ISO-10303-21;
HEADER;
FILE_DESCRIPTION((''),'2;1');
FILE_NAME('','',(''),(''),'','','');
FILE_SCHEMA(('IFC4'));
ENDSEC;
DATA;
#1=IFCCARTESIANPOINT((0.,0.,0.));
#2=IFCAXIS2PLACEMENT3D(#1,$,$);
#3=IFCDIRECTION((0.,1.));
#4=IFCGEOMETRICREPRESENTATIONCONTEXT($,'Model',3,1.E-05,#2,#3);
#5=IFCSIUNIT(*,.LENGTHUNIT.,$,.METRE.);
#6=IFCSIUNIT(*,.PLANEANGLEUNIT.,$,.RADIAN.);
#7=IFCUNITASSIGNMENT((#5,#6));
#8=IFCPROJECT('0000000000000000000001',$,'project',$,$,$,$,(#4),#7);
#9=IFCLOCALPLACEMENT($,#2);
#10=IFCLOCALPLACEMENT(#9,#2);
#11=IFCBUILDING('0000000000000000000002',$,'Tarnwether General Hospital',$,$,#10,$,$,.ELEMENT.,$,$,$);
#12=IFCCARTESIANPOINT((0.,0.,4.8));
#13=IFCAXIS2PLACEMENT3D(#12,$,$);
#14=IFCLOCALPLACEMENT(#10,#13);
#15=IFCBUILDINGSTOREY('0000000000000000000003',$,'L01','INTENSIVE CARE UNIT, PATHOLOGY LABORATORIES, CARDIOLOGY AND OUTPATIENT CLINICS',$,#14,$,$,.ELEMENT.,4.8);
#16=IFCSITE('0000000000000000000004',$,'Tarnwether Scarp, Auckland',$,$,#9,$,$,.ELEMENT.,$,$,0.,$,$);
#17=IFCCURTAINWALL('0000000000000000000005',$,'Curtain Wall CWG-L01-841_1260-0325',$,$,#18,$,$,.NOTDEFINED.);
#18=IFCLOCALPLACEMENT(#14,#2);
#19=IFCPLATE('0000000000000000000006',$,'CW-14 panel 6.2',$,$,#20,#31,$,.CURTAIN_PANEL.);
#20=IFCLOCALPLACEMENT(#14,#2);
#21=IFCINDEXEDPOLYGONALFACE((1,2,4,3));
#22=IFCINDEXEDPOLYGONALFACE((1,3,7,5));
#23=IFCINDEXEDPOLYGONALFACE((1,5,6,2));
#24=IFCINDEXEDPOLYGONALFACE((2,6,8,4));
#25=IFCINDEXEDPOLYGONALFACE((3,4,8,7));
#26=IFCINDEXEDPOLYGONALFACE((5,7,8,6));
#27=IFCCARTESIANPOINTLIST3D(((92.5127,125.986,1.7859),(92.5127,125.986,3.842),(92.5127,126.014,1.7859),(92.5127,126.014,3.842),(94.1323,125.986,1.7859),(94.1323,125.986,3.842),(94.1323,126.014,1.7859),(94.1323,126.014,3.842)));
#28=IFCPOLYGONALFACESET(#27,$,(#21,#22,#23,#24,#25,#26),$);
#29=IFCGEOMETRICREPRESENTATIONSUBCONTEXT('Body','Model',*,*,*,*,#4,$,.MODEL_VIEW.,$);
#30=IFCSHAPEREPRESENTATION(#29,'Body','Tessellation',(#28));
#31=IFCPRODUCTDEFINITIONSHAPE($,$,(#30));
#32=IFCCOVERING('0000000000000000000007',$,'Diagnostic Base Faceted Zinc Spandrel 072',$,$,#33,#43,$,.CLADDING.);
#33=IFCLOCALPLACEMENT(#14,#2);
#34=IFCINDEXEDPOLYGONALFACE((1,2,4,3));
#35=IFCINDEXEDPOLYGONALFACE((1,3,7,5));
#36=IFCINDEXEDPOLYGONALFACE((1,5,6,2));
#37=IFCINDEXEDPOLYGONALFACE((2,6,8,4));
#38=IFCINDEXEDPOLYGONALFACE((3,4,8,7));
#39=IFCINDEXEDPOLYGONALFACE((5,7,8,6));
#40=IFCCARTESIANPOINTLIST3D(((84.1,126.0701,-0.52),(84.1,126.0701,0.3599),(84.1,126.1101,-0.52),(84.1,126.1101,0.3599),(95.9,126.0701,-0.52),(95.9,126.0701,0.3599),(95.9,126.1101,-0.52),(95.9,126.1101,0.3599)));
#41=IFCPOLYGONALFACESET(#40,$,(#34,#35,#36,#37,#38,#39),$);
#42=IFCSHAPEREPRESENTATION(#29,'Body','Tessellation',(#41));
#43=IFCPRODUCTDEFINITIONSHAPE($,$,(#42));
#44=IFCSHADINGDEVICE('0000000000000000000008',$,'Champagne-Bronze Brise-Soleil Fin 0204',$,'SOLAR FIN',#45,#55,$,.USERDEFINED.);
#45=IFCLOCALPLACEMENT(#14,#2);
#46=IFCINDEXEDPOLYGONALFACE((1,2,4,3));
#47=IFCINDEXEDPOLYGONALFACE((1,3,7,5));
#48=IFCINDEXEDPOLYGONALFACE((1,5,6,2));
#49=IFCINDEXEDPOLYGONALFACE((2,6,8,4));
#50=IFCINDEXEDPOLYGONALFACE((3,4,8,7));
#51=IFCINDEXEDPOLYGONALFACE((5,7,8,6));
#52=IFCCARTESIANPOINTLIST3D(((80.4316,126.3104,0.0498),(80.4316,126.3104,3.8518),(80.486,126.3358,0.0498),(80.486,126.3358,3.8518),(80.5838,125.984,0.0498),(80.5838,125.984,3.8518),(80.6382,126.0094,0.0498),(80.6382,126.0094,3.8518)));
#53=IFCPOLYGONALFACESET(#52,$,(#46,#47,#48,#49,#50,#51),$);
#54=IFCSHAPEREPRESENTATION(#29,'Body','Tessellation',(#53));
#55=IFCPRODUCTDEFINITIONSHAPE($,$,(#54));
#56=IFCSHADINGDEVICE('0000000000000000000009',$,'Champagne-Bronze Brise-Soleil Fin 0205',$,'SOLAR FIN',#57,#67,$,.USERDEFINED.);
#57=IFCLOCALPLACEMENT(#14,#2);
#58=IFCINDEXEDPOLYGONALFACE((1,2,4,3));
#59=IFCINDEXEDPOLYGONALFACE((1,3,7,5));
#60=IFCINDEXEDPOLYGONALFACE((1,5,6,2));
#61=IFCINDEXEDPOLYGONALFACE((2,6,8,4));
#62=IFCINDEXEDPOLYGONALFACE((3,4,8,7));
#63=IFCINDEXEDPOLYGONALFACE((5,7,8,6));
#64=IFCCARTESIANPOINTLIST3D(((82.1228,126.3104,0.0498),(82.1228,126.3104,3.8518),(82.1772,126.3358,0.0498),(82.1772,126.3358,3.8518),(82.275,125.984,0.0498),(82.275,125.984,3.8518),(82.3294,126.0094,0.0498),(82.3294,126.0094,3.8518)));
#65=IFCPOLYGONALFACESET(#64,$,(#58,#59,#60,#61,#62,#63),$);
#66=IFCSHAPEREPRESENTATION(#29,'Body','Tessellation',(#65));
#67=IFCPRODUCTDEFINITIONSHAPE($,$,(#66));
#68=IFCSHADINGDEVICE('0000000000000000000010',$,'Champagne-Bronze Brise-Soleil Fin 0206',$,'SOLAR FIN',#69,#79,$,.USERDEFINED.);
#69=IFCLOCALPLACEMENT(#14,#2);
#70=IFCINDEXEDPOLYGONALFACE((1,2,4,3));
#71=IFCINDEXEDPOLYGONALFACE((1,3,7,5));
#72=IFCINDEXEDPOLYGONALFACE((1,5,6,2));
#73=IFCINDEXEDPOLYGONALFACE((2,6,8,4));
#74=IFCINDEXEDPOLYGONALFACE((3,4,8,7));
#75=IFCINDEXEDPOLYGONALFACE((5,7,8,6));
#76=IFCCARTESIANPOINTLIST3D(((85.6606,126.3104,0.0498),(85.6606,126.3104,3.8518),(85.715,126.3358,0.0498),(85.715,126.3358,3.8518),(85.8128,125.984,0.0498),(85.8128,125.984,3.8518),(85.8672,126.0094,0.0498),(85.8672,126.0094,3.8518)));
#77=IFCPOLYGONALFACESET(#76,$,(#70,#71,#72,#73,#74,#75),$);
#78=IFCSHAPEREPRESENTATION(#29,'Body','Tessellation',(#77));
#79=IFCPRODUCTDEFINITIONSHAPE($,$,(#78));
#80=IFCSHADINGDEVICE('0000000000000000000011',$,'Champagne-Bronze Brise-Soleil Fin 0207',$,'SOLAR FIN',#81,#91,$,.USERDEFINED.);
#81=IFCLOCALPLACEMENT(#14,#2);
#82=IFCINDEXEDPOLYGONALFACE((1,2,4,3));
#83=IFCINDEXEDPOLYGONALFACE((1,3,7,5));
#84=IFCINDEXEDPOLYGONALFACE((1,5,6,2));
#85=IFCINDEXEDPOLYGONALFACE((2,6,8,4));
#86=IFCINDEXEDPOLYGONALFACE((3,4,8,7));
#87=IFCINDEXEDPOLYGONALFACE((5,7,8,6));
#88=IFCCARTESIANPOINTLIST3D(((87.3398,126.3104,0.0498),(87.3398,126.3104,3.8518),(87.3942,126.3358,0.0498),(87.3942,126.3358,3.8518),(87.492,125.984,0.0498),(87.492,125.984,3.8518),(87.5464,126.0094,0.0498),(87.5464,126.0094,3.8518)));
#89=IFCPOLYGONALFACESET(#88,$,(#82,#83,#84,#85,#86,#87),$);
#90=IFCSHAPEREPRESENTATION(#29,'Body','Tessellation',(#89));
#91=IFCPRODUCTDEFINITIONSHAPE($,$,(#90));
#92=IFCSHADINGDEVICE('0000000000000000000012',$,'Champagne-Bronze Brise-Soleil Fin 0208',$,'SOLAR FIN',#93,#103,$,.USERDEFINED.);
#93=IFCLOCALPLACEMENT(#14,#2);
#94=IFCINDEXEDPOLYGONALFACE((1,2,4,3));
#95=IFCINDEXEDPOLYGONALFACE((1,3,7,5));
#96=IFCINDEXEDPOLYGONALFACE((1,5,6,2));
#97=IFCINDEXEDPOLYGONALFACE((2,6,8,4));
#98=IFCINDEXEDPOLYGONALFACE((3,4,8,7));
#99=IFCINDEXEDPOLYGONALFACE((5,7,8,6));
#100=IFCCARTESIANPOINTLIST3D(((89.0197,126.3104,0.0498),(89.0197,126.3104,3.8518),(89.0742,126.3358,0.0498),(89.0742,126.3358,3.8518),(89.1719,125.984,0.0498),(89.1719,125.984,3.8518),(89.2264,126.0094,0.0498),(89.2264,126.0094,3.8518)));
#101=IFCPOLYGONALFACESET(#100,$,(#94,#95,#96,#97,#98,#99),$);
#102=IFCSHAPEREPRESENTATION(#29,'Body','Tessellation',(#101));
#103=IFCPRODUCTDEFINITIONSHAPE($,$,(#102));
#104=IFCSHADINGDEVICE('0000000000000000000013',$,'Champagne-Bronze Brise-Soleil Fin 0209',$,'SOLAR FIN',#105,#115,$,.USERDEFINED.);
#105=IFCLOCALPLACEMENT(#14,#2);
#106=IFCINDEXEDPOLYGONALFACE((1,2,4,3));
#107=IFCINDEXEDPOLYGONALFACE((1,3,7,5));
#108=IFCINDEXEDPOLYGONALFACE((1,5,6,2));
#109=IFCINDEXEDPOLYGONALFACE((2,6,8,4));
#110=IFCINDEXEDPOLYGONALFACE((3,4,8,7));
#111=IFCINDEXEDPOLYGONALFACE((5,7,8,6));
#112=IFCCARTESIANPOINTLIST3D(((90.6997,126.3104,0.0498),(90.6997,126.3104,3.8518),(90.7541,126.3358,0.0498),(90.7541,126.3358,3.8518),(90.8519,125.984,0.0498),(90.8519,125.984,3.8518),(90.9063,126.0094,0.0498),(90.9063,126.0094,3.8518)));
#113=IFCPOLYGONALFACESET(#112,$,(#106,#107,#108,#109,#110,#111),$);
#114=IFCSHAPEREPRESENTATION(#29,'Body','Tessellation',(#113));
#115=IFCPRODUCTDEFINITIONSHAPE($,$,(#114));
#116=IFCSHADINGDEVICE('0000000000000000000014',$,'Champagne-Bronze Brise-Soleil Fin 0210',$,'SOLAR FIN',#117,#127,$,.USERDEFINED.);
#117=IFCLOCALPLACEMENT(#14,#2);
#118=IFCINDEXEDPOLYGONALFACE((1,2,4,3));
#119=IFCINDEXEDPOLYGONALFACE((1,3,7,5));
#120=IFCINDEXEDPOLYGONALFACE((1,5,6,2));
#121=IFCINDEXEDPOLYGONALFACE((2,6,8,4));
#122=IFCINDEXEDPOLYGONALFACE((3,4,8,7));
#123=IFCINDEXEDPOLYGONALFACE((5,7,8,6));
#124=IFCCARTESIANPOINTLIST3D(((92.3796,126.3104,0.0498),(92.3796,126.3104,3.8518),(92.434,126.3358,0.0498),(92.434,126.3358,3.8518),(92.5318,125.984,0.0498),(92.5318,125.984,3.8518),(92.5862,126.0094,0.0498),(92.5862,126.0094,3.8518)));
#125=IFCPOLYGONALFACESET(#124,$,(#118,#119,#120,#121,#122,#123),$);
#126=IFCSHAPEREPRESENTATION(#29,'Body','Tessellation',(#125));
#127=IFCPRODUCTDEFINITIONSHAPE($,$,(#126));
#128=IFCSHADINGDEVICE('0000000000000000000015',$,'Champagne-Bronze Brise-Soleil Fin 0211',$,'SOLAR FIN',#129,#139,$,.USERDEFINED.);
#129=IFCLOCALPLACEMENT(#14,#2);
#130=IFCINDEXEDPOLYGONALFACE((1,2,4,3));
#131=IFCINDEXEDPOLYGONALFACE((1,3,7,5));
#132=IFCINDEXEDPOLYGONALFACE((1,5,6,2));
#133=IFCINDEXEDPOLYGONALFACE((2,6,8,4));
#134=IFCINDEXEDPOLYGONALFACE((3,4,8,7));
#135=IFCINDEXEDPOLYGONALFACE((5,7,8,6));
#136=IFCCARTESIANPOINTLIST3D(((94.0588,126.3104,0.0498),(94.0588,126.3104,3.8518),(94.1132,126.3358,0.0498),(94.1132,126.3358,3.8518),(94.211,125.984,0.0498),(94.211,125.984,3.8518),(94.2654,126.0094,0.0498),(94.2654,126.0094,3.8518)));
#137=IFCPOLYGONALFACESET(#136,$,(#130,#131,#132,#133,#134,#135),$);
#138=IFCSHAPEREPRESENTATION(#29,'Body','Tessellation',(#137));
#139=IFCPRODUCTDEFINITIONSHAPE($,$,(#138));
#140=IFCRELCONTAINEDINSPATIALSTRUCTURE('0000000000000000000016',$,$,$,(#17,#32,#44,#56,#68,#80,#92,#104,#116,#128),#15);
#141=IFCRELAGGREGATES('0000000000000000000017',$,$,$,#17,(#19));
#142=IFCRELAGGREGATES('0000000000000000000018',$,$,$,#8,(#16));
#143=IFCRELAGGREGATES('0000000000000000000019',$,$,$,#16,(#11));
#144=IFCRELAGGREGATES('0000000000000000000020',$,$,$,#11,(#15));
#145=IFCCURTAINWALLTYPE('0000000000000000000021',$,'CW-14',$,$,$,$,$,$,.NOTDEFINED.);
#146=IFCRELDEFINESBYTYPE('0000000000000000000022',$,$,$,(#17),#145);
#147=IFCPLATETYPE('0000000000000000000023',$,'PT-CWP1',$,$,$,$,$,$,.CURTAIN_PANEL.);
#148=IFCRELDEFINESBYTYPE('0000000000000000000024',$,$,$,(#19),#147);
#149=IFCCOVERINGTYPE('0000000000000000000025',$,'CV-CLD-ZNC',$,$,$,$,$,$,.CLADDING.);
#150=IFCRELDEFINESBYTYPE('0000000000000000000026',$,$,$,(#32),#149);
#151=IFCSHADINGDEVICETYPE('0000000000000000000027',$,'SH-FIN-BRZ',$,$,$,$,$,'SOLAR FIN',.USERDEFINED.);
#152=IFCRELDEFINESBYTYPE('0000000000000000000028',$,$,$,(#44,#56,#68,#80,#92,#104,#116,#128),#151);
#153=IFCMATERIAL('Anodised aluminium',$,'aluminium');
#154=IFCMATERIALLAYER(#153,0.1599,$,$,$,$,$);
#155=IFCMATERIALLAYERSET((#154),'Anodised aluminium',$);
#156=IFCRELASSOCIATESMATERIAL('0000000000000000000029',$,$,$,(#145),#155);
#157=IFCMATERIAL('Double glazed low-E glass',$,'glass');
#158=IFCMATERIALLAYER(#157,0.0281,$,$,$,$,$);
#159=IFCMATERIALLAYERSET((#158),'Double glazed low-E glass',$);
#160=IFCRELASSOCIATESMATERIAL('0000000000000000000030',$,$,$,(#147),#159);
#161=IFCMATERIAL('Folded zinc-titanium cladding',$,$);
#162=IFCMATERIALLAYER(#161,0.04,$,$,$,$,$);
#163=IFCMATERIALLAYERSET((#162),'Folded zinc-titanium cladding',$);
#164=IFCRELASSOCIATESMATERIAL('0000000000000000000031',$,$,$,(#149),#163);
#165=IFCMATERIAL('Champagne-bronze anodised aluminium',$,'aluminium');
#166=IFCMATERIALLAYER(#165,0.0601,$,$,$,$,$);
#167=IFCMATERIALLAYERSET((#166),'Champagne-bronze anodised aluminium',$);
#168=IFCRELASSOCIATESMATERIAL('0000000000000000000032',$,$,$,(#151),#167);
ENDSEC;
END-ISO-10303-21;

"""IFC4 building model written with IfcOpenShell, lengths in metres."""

from ifc_helpers import new_model, si_unit, direction, frame, origin, origin_2d, place, context, subcontext, project, spatial, rectangle, extrude, material, layer, layer_set, type_object, element, aggregate, save


model = new_model("IFC4")

# Units and contexts
model_context = context("Model", 3, precision=1e-05, world=origin(), true_north=direction((0.0, 1.0)))
body_context = subcontext(model_context, "Body", "Model", "MODEL_VIEW")
ifc_project = project(units=[si_unit("LENGTHUNIT", "METRE"), si_unit("PLANEANGLEUNIT", "RADIAN")], contexts=[model_context])

# Site, building, storey
site_placement = place(None, origin())
site = spatial("IfcSite", under=ifc_project, at=site_placement, Name="Tarnwether Scarp, Auckland", CompositionType="ELEMENT", RefElevation=0.0)
building_placement = place(site_placement, origin())
building = spatial("IfcBuilding", under=site, at=building_placement, Name="Tarnwether General Hospital", CompositionType="ELEMENT")
storey_placement = place(building_placement, frame((0.0, 0.0, 4.8)))
storey = spatial("IfcBuildingStorey", under=building, at=storey_placement, Name="L01", Description="INTENSIVE CARE UNIT, PATHOLOGY LABORATORIES, CARDIOLOGY AND OUTPATIENT CLINICS", CompositionType="ELEMENT", Elevation=4.8)

# Curtain wall, plate
ifc_material_1 = material(Name="Anodised aluminium", Category="aluminium")
ifc_layer_1 = layer(ifc_material_1, 0.1599)
ifc_layer_set_1 = layer_set([ifc_layer_1], Name="Anodised aluminium")
curtain_wall_type = type_object("IfcCurtainWallType", Name="CW-14", PredefinedType="NOTDEFINED", material=ifc_layer_set_1)
curtain_wall_placement = place(storey_placement, origin())
curtain_wall = element("IfcCurtainWall", 1, at=curtain_wall_placement, inside=storey, type_object=curtain_wall_type, Name="Curtain Wall CWG-L01-841_1260-0325", PredefinedType="NOTDEFINED")
ifc_material_2 = material(Name="Double glazed low-E glass", Category="glass")
ifc_layer_2 = layer(ifc_material_2, 0.0281)
ifc_layer_set_2 = layer_set([ifc_layer_2], Name="Double glazed low-E glass")
plate_type = type_object("IfcPlateType", Name="PT-CWP1", PredefinedType="CURTAIN_PANEL", material=ifc_layer_set_2)
plate_1_placement = place(storey_placement, frame((93.3225, 126.0, 1.7859), z_axis=(0.0, 0.0, 1.0), x_axis=(1.0, 0.0, 0.0)))
plate_1 = element("IfcPlate", 2, at=plate_1_placement, type_object=plate_type, Name="CW-14 panel 6.2", PredefinedType="CURTAIN_PANEL", context=body_context, shape_type="SweptSolid", body=[
    extrude(rectangle(XDim=1.6196, YDim=0.0281, at=origin_2d()), origin(), (0.0, 0.0, 1.0), 2.0562),
])
aggregate(curtain_wall, [plate_1])

# Covering
ifc_material_3 = material(Name="Folded zinc-titanium cladding")
ifc_layer_3 = layer(ifc_material_3, 0.04)
ifc_layer_set_3 = layer_set([ifc_layer_3], Name="Folded zinc-titanium cladding")
covering_type = type_object("IfcCoveringType", Name="CV-CLD-ZNC", PredefinedType="CLADDING", material=ifc_layer_set_3)
covering_placement = place(storey_placement, frame((90.0, 126.0901, -0.52), z_axis=(0.0, 0.0, 1.0), x_axis=(1.0, 0.0, 0.0)))
element("IfcCovering", 3, at=covering_placement, inside=storey, type_object=covering_type, Name="Diagnostic Base Faceted Zinc Spandrel 072", PredefinedType="CLADDING", context=body_context, shape_type="SweptSolid", body=[
    extrude(rectangle(XDim=11.8, YDim=0.04, at=origin_2d()), origin(), (0.0, 0.0, 1.0), 0.8799),
])

# Shading devices
ifc_material_4 = material(Name="Champagne-bronze anodised aluminium", Category="aluminium")
ifc_layer_4 = layer(ifc_material_4, 0.0601)
ifc_layer_set_4 = layer_set([ifc_layer_4], Name="Champagne-bronze anodised aluminium")
shading_device_type = type_object("IfcShadingDeviceType", Name="SH-FIN-BRZ", ElementType="SOLAR FIN", PredefinedType="USERDEFINED", material=ifc_layer_set_4)
for number, where, z_axis, x_axis, name in (
    (4, (80.5349, 126.1599, 0.0498), (0.0, 0.0, 1.0), (0.906308, 0.422618, 0.0), "Champagne-Bronze Brise-Soleil Fin 0204"),
    (5, (82.2261, 126.1599, 0.0498), (0.0, 0.0, 1.0), (0.906308, 0.422618, 0.0), "Champagne-Bronze Brise-Soleil Fin 0205"),
    (6, (85.7639, 126.1599, 0.0498), (0.0, 0.0, 1.0), (0.906308, 0.422618, 0.0), "Champagne-Bronze Brise-Soleil Fin 0206"),
    (7, (87.4431, 126.1599, 0.0498), (0.0, 0.0, 1.0), (0.906308, 0.422618, 0.0), "Champagne-Bronze Brise-Soleil Fin 0207"),
    (8, (89.123, 126.1599, 0.0498), (0.0, 0.0, 1.0), (0.906308, 0.422618, 0.0), "Champagne-Bronze Brise-Soleil Fin 0208"),
    (9, (90.803, 126.1599, 0.0498), (0.0, 0.0, 1.0), (0.906308, 0.422618, 0.0), "Champagne-Bronze Brise-Soleil Fin 0209"),
    (10, (92.4829, 126.1599, 0.0498), (0.0, 0.0, 1.0), (0.906308, 0.422618, 0.0), "Champagne-Bronze Brise-Soleil Fin 0210"),
    (11, (94.1621, 126.1599, 0.0498), (0.0, 0.0, 1.0), (0.906308, 0.422618, 0.0), "Champagne-Bronze Brise-Soleil Fin 0211"),
):
    element("IfcShadingDevice", number, at=place(storey_placement, frame(where, z_axis=z_axis, x_axis=x_axis)), inside=storey, type_object=shading_device_type, Name=name, ObjectType="SOLAR FIN", PredefinedType="USERDEFINED", context=body_context, shape_type="SweptSolid", body=[
        extrude(rectangle(XDim=0.0601, YDim=0.3601, at=origin_2d()), origin(), (0.0, 0.0, 1.0), 3.802),
    ])

save(model, "model.ifc")
